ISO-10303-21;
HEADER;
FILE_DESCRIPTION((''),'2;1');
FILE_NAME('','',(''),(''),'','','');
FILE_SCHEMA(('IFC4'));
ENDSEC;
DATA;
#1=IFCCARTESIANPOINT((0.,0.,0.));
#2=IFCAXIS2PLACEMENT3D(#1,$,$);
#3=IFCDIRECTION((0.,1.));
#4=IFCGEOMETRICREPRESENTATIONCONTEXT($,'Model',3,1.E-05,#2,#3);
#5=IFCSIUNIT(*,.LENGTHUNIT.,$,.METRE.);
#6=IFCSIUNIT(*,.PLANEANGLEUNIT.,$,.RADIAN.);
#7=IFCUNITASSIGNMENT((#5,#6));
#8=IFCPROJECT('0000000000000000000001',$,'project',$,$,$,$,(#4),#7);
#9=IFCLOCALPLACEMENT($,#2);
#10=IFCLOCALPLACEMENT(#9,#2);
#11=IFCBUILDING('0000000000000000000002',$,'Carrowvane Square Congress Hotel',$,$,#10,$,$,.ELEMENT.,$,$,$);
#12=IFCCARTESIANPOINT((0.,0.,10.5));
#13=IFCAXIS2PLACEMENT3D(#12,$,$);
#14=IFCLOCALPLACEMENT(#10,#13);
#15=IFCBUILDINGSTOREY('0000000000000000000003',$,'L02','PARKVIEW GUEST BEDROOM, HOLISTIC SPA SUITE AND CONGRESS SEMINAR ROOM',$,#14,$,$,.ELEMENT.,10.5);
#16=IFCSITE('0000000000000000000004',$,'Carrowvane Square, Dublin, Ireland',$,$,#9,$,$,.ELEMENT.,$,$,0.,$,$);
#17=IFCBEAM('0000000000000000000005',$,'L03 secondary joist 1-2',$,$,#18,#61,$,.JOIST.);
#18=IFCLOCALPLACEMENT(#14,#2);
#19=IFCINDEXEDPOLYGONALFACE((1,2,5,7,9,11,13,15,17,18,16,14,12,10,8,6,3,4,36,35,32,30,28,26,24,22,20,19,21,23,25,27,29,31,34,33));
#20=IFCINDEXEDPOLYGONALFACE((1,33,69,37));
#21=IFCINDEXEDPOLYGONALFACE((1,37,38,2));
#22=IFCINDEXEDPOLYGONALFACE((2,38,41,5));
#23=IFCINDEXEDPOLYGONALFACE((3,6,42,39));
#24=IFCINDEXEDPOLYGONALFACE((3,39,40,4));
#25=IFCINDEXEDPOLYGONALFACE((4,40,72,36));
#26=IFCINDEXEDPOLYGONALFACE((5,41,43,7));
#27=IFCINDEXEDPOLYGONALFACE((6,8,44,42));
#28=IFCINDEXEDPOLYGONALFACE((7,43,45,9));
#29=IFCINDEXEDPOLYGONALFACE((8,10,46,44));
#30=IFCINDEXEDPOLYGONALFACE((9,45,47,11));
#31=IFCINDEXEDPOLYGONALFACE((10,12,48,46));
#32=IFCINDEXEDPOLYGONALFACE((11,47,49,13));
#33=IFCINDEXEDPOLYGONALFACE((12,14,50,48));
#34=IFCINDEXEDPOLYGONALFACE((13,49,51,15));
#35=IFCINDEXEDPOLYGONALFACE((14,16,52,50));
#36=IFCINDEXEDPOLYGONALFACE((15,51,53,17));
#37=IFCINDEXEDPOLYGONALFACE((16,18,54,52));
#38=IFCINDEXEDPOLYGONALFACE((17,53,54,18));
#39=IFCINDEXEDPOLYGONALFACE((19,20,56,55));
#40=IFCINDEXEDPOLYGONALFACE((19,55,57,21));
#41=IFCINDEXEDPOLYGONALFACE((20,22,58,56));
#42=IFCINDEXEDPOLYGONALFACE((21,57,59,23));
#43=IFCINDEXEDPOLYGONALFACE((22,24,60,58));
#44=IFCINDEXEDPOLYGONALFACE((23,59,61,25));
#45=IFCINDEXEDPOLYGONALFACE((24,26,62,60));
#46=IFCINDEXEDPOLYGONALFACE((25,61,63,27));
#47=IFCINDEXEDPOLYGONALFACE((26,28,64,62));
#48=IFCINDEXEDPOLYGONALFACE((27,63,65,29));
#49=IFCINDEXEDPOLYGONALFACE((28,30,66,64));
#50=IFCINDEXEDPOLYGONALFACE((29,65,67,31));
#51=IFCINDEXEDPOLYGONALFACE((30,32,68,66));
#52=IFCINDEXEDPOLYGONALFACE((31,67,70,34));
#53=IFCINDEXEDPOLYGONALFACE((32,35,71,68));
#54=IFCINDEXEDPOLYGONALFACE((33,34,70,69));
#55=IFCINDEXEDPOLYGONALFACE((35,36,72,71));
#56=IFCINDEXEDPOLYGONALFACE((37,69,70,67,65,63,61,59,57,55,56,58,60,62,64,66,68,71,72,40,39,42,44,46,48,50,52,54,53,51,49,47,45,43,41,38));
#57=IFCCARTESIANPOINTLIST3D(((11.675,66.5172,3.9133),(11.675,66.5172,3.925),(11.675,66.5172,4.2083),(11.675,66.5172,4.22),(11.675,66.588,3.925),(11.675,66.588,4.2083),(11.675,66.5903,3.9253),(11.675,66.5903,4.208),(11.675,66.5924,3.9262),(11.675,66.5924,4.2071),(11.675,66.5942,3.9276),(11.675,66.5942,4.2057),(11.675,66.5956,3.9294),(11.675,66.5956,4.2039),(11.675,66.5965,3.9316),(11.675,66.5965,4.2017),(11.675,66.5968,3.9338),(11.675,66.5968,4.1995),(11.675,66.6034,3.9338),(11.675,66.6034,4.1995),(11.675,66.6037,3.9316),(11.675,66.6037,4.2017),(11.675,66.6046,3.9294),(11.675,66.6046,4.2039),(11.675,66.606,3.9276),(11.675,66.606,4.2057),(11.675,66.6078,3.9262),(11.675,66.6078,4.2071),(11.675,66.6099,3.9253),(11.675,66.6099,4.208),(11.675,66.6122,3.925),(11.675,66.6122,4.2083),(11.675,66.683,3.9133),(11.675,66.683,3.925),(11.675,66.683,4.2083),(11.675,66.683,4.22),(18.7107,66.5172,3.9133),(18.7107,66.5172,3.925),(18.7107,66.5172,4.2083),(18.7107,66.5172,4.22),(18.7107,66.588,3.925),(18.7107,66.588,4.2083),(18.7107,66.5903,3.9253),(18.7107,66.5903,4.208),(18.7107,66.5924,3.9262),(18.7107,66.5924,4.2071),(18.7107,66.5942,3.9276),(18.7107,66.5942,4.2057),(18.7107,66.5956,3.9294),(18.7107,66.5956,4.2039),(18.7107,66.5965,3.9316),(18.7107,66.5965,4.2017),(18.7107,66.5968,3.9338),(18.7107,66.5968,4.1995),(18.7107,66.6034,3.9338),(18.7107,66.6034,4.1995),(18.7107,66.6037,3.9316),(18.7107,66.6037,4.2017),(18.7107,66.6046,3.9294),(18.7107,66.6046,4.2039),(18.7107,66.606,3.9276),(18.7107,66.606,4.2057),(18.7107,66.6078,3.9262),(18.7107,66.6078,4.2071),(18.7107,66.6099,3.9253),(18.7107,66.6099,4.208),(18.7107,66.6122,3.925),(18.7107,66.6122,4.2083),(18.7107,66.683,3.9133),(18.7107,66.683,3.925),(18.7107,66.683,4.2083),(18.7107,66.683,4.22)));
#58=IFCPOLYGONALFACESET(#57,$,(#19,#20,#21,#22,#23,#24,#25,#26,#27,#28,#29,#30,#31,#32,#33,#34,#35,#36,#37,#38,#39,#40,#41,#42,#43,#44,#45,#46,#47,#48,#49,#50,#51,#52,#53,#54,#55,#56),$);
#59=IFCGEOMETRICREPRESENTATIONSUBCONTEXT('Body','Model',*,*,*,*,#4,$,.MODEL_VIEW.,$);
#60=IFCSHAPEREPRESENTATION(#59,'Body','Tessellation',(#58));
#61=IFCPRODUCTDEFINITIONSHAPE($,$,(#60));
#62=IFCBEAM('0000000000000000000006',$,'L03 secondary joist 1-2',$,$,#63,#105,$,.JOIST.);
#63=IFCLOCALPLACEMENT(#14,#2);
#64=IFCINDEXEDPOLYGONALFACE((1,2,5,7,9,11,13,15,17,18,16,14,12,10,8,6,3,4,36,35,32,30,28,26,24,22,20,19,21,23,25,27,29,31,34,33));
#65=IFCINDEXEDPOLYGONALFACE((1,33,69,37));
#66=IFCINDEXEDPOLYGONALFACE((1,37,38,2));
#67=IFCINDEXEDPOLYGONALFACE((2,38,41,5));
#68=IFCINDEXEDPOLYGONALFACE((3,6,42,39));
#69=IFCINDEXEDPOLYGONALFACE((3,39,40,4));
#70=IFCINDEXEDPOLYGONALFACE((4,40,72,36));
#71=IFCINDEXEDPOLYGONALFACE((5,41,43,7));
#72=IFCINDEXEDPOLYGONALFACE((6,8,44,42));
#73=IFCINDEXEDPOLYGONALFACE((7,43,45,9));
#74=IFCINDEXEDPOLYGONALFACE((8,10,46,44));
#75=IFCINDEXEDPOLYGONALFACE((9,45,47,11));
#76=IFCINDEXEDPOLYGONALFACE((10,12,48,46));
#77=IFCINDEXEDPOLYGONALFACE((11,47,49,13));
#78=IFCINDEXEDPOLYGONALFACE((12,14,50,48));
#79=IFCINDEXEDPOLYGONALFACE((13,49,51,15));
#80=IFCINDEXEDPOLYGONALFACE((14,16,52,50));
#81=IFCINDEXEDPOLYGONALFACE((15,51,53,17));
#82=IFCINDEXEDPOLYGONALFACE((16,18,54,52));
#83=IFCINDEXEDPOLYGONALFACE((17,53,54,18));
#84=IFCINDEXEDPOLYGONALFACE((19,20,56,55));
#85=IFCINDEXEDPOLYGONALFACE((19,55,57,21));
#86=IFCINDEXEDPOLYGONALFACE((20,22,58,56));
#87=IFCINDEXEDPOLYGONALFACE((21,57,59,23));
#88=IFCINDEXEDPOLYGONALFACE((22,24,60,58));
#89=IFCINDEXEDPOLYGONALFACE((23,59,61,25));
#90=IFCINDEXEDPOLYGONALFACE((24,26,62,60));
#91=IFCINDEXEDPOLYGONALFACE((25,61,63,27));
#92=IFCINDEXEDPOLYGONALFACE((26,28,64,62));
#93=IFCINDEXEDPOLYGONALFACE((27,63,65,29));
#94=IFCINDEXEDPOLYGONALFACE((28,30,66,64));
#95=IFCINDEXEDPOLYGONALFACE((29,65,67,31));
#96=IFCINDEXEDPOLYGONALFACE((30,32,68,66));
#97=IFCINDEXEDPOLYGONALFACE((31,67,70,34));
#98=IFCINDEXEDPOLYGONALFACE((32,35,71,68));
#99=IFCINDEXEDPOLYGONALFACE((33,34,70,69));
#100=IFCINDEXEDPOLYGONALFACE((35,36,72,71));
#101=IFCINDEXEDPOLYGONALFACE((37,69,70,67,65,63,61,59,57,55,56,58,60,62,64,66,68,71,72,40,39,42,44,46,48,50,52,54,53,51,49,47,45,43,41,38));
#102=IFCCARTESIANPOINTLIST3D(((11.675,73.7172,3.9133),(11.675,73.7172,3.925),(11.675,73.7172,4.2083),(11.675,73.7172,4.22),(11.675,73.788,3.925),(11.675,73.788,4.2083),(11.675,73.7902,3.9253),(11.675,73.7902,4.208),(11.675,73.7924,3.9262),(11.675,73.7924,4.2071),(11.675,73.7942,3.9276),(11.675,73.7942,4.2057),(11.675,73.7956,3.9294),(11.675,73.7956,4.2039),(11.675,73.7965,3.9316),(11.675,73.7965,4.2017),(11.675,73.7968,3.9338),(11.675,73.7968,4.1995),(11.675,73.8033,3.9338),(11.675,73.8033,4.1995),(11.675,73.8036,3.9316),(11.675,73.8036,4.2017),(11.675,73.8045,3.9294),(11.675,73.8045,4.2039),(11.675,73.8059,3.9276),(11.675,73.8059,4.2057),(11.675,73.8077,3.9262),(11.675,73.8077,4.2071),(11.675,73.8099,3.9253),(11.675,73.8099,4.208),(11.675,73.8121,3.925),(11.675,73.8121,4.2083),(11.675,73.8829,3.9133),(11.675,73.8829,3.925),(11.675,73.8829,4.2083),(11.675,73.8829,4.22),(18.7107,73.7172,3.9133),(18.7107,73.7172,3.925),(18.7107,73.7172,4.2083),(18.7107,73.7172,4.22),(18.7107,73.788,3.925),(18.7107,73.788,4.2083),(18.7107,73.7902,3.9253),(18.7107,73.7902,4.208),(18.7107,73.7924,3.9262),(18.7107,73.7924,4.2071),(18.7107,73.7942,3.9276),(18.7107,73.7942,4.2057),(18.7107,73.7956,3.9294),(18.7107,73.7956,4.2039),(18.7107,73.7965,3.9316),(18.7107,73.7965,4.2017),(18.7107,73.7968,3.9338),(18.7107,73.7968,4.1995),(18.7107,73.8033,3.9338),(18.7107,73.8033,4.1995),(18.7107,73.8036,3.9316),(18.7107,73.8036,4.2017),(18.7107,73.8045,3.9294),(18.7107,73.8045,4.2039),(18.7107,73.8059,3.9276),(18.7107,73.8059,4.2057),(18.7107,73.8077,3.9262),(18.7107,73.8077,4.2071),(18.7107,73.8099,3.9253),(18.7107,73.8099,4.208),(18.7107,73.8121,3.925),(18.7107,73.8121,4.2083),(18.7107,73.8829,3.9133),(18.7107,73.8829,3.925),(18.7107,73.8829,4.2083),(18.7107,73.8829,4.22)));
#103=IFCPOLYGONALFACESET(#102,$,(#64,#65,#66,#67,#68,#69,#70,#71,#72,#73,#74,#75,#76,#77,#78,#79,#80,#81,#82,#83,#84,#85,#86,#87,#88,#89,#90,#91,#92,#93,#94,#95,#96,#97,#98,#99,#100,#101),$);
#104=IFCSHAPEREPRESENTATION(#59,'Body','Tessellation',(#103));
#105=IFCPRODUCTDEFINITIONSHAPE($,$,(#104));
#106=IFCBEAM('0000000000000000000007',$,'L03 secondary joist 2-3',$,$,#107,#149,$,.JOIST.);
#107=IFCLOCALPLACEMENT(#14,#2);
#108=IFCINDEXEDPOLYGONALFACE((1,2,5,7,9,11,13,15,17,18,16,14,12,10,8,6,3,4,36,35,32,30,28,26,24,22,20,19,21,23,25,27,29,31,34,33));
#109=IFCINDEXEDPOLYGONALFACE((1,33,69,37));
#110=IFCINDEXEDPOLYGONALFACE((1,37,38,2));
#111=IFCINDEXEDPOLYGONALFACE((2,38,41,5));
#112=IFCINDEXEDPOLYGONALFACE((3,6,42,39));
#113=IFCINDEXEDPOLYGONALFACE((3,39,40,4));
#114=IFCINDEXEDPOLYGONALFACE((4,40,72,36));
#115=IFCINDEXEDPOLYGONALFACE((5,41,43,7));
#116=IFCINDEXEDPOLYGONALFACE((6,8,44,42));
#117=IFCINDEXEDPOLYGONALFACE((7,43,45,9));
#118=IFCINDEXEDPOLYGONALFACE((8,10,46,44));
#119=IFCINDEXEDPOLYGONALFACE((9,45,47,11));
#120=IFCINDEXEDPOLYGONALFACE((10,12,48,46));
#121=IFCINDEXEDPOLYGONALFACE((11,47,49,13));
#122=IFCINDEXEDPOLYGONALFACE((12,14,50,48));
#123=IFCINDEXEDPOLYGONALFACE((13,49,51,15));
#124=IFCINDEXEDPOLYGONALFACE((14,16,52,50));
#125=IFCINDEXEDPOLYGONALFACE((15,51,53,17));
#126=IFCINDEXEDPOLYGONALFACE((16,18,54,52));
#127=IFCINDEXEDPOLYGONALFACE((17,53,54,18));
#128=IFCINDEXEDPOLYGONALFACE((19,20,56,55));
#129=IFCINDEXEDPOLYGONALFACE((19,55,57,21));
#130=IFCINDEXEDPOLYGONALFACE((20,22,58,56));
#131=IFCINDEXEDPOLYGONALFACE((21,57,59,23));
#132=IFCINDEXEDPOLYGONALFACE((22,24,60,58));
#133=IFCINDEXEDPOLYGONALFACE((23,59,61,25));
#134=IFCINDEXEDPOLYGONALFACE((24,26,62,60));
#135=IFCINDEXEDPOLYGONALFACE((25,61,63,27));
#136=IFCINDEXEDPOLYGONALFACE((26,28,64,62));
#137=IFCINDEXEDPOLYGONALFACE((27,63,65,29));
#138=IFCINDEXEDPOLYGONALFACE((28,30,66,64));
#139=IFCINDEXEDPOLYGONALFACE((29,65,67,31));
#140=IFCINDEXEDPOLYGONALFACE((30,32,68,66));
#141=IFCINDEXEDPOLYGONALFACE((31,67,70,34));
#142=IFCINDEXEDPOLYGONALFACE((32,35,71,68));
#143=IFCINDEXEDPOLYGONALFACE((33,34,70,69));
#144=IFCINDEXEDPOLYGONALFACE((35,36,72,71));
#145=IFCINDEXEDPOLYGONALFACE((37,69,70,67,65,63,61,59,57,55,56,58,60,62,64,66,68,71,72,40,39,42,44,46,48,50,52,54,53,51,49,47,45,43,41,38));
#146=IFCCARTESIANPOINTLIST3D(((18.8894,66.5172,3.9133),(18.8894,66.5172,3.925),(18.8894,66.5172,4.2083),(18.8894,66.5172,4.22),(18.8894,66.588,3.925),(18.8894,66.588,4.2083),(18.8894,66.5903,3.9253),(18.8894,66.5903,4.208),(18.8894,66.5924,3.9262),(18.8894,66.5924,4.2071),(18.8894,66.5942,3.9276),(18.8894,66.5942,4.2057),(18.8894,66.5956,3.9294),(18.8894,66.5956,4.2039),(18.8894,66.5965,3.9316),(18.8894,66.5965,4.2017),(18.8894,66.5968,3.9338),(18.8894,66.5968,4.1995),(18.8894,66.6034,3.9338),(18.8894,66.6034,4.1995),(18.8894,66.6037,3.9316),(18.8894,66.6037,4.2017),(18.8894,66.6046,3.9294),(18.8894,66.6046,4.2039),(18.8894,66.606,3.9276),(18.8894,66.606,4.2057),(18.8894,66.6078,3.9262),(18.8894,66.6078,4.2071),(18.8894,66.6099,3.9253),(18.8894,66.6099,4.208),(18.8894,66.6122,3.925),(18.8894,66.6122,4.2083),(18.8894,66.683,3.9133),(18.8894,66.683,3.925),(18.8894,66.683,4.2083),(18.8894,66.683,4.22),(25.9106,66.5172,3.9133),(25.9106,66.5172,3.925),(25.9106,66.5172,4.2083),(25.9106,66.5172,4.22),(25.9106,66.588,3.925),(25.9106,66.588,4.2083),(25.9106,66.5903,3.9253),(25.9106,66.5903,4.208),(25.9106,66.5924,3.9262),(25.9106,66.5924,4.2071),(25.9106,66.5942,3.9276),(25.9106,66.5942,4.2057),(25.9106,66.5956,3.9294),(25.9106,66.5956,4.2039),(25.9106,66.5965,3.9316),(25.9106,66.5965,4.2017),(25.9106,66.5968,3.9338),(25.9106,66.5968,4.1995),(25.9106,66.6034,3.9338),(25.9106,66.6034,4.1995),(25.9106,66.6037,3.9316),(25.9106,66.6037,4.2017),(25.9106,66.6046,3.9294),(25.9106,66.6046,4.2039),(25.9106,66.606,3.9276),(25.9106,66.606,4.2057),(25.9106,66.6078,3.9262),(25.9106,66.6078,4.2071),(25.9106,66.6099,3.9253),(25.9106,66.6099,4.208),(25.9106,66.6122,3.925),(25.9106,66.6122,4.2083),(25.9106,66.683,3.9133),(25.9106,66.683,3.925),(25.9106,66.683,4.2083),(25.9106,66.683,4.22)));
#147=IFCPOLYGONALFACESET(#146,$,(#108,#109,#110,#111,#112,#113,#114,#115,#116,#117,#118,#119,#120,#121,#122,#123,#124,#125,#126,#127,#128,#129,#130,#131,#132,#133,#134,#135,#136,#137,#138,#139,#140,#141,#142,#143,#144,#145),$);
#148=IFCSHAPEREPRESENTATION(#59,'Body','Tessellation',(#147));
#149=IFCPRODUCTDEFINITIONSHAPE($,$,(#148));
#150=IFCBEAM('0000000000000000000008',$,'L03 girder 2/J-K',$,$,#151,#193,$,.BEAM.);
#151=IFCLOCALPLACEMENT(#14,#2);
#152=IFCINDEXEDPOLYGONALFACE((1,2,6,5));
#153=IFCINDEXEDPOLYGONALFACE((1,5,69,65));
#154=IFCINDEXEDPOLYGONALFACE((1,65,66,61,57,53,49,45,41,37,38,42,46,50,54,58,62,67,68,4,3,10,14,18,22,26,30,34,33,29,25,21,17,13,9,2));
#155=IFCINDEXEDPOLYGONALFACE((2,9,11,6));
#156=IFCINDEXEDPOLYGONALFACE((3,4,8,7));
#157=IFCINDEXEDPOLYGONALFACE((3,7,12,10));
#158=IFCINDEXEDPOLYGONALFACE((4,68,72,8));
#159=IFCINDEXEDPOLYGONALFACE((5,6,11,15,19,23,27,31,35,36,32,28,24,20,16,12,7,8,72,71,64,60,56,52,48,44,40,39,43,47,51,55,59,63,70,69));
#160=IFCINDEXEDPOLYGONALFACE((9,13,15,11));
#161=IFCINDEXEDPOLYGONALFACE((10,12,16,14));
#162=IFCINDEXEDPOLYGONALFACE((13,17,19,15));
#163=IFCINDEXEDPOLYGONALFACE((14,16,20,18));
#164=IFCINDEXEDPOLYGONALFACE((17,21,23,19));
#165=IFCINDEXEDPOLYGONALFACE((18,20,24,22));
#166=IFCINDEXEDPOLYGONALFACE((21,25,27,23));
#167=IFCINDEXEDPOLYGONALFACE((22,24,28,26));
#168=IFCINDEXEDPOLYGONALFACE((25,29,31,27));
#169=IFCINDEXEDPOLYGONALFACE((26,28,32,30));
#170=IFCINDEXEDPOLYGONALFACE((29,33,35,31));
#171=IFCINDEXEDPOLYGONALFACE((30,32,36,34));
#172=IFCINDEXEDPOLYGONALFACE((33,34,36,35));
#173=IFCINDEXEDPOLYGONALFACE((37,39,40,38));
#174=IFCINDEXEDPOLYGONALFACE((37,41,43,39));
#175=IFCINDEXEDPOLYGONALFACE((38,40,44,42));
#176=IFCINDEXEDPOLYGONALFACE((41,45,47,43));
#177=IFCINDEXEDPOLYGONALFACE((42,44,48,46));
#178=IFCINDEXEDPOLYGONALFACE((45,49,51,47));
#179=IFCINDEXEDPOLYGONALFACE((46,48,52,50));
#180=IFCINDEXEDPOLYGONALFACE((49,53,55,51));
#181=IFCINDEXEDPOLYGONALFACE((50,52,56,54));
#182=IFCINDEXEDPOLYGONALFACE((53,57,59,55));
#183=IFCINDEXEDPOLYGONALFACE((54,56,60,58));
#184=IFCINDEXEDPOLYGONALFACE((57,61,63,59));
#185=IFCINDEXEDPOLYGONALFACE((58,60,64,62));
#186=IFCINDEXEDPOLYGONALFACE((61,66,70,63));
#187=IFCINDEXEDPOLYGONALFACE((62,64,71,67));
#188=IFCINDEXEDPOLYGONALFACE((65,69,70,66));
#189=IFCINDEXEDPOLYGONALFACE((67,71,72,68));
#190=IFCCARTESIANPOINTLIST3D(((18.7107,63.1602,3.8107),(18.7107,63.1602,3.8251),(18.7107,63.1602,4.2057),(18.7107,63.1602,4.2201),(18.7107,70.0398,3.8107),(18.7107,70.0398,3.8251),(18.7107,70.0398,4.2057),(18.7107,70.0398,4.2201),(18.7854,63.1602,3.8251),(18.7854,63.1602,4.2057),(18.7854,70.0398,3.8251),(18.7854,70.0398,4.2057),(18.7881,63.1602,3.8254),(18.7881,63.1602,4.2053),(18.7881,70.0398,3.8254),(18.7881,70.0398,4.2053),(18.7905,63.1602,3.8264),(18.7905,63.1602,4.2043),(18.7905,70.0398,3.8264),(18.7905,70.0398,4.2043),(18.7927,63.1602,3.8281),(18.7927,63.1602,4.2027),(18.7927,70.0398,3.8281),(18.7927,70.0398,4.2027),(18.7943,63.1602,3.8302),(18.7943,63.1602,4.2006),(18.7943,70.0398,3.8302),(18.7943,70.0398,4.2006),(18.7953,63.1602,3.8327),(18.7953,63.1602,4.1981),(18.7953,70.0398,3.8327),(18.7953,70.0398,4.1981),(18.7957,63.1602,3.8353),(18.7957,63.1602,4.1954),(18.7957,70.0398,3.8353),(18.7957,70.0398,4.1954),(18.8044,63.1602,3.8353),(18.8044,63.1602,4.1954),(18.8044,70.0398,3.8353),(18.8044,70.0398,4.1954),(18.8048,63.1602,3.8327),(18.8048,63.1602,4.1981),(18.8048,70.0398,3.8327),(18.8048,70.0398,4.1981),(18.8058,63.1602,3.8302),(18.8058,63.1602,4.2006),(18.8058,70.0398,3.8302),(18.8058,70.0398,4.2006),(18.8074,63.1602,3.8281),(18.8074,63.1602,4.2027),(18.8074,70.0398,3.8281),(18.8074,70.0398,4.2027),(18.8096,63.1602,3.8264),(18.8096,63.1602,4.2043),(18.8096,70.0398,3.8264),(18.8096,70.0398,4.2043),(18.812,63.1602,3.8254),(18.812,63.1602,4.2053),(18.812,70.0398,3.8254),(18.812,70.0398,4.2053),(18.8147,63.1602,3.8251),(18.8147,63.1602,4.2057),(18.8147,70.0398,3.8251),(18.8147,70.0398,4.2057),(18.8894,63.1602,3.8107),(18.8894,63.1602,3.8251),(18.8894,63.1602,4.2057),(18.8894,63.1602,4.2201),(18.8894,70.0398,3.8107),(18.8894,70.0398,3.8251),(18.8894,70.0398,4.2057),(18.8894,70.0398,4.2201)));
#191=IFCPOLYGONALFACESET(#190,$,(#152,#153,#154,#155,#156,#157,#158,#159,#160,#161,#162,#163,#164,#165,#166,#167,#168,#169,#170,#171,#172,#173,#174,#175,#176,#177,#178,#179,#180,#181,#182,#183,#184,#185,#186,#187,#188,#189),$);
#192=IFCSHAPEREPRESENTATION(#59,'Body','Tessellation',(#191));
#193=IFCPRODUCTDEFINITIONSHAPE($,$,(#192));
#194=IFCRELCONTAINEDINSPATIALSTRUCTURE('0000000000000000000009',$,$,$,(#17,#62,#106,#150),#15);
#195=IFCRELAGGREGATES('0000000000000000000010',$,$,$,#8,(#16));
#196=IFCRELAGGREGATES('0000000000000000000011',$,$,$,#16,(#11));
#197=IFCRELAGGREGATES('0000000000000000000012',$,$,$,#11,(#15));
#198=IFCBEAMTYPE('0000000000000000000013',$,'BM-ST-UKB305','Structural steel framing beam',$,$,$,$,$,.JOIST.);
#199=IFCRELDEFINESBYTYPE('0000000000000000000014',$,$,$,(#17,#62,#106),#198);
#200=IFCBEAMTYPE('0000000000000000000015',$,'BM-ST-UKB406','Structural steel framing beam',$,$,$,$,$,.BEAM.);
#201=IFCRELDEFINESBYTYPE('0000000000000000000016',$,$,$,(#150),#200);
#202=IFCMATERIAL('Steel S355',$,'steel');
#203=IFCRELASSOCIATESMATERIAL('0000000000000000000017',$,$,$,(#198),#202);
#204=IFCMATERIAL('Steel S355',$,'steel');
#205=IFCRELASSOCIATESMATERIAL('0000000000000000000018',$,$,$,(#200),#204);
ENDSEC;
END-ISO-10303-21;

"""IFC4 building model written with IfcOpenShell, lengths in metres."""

from ifc_helpers import new_model, si_unit, direction, frame, origin, origin_2d, place, context, subcontext, project, spatial, i_section, extrude, material, material_profile, profile_set, type_object, element, save


model = new_model("IFC4")

# Units and contexts
model_context = context("Model", 3, precision=1e-05, world=origin(), true_north=direction((0.0, 1.0)))
body_context = subcontext(model_context, "Body", "Model", "MODEL_VIEW")
ifc_project = project(units=[si_unit("LENGTHUNIT", "METRE"), si_unit("PLANEANGLEUNIT", "RADIAN")], contexts=[model_context])

# Site, building, storey
site_placement = place(None, origin())
site = spatial("IfcSite", under=ifc_project, at=site_placement, Name="Carrowvane Square, Dublin, Ireland", CompositionType="ELEMENT", RefElevation=0.0)
building_placement = place(site_placement, origin())
building = spatial("IfcBuilding", under=site, at=building_placement, Name="Carrowvane Square Congress Hotel", CompositionType="ELEMENT")
storey_placement = place(building_placement, frame((0.0, 0.0, 10.5)))
storey = spatial("IfcBuildingStorey", under=building, at=storey_placement, Name="L02", Description="PARKVIEW GUEST BEDROOM, HOLISTIC SPA SUITE AND CONGRESS SEMINAR ROOM", CompositionType="ELEMENT", Elevation=10.5)

# Beams
ifc_material_1 = material(Name="Steel S355", Category="steel")
ifc_material_profile_1 = material_profile(ifc_material_1, i_section(OverallWidth=0.1658, OverallDepth=0.3066, WebThickness=0.0066, FlangeThickness=0.0117, FilletRadius=0.0088, at=origin_2d()), Name="UKB 305x165x46")
ifc_profile_set_1 = profile_set([ifc_material_profile_1], Name="Steel S355")
beam_type_1 = type_object("IfcBeamType", Name="BM-ST-UKB305", Description="Structural steel framing beam", PredefinedType="JOIST", material=ifc_profile_set_1)
for number, where, z_axis, x_axis, name in (
    (1, (11.675, 66.6001, 4.0667), (1.0, 0.0, 0.0), (0.0, 1.0, 0.0), "L03 secondary joist 1-2"),
    (2, (11.675, 73.8, 4.0667), (1.0, 0.0, 0.0), (0.0, 1.0, 0.0), "L03 secondary joist 1-2"),
):
    element("IfcBeam", number, at=place(storey_placement, frame(where, z_axis=z_axis, x_axis=x_axis)), inside=storey, type_object=beam_type_1, Name=name, PredefinedType="JOIST", context=body_context, shape_type="SweptSolid", body=[
        extrude(i_section(OverallWidth=0.1658, OverallDepth=0.3066, WebThickness=0.0066, FlangeThickness=0.0117, FilletRadius=0.0088, at=origin_2d()), origin(), (0.0, 0.0, 1.0), 7.0356),
    ])
beam_1_placement = place(storey_placement, frame((18.8894, 66.6001, 4.0667), z_axis=(1.0, 0.0, 0.0), x_axis=(0.0, 1.0, 0.0)))
element("IfcBeam", 3, at=beam_1_placement, inside=storey, type_object=beam_type_1, Name="L03 secondary joist 2-3", PredefinedType="JOIST", context=body_context, shape_type="SweptSolid", body=[
    extrude(i_section(OverallWidth=0.1658, OverallDepth=0.3066, WebThickness=0.0066, FlangeThickness=0.0117, FilletRadius=0.0088, at=origin_2d()), origin(), (0.0, 0.0, 1.0), 7.0212),
])
ifc_material_2 = material(Name="Steel S355", Category="steel")
ifc_material_profile_2 = material_profile(ifc_material_2, i_section(OverallWidth=0.1787, OverallDepth=0.4094, WebThickness=0.0088, FlangeThickness=0.0144, FilletRadius=0.0103, at=origin_2d()), Name="UKB 406x178x67")
ifc_profile_set_2 = profile_set([ifc_material_profile_2], Name="Steel S355")
beam_type_2 = type_object("IfcBeamType", Name="BM-ST-UKB406", Description="Structural steel framing beam", PredefinedType="BEAM", material=ifc_profile_set_2)
beam_2_placement = place(storey_placement, frame((18.8, 63.1602, 4.0154), z_axis=(0.0, 1.0, 0.0), x_axis=(-1.0, 0.0, 0.0)))
element("IfcBeam", 4, at=beam_2_placement, inside=storey, type_object=beam_type_2, Name="L03 girder 2/J-K", PredefinedType="BEAM", context=body_context, shape_type="SweptSolid", body=[
    extrude(i_section(OverallWidth=0.1787, OverallDepth=0.4094, WebThickness=0.0088, FlangeThickness=0.0144, FilletRadius=0.0103, at=origin_2d()), origin(), (0.0, 0.0, 1.0), 6.8796),
])

save(model, "model.ifc")
